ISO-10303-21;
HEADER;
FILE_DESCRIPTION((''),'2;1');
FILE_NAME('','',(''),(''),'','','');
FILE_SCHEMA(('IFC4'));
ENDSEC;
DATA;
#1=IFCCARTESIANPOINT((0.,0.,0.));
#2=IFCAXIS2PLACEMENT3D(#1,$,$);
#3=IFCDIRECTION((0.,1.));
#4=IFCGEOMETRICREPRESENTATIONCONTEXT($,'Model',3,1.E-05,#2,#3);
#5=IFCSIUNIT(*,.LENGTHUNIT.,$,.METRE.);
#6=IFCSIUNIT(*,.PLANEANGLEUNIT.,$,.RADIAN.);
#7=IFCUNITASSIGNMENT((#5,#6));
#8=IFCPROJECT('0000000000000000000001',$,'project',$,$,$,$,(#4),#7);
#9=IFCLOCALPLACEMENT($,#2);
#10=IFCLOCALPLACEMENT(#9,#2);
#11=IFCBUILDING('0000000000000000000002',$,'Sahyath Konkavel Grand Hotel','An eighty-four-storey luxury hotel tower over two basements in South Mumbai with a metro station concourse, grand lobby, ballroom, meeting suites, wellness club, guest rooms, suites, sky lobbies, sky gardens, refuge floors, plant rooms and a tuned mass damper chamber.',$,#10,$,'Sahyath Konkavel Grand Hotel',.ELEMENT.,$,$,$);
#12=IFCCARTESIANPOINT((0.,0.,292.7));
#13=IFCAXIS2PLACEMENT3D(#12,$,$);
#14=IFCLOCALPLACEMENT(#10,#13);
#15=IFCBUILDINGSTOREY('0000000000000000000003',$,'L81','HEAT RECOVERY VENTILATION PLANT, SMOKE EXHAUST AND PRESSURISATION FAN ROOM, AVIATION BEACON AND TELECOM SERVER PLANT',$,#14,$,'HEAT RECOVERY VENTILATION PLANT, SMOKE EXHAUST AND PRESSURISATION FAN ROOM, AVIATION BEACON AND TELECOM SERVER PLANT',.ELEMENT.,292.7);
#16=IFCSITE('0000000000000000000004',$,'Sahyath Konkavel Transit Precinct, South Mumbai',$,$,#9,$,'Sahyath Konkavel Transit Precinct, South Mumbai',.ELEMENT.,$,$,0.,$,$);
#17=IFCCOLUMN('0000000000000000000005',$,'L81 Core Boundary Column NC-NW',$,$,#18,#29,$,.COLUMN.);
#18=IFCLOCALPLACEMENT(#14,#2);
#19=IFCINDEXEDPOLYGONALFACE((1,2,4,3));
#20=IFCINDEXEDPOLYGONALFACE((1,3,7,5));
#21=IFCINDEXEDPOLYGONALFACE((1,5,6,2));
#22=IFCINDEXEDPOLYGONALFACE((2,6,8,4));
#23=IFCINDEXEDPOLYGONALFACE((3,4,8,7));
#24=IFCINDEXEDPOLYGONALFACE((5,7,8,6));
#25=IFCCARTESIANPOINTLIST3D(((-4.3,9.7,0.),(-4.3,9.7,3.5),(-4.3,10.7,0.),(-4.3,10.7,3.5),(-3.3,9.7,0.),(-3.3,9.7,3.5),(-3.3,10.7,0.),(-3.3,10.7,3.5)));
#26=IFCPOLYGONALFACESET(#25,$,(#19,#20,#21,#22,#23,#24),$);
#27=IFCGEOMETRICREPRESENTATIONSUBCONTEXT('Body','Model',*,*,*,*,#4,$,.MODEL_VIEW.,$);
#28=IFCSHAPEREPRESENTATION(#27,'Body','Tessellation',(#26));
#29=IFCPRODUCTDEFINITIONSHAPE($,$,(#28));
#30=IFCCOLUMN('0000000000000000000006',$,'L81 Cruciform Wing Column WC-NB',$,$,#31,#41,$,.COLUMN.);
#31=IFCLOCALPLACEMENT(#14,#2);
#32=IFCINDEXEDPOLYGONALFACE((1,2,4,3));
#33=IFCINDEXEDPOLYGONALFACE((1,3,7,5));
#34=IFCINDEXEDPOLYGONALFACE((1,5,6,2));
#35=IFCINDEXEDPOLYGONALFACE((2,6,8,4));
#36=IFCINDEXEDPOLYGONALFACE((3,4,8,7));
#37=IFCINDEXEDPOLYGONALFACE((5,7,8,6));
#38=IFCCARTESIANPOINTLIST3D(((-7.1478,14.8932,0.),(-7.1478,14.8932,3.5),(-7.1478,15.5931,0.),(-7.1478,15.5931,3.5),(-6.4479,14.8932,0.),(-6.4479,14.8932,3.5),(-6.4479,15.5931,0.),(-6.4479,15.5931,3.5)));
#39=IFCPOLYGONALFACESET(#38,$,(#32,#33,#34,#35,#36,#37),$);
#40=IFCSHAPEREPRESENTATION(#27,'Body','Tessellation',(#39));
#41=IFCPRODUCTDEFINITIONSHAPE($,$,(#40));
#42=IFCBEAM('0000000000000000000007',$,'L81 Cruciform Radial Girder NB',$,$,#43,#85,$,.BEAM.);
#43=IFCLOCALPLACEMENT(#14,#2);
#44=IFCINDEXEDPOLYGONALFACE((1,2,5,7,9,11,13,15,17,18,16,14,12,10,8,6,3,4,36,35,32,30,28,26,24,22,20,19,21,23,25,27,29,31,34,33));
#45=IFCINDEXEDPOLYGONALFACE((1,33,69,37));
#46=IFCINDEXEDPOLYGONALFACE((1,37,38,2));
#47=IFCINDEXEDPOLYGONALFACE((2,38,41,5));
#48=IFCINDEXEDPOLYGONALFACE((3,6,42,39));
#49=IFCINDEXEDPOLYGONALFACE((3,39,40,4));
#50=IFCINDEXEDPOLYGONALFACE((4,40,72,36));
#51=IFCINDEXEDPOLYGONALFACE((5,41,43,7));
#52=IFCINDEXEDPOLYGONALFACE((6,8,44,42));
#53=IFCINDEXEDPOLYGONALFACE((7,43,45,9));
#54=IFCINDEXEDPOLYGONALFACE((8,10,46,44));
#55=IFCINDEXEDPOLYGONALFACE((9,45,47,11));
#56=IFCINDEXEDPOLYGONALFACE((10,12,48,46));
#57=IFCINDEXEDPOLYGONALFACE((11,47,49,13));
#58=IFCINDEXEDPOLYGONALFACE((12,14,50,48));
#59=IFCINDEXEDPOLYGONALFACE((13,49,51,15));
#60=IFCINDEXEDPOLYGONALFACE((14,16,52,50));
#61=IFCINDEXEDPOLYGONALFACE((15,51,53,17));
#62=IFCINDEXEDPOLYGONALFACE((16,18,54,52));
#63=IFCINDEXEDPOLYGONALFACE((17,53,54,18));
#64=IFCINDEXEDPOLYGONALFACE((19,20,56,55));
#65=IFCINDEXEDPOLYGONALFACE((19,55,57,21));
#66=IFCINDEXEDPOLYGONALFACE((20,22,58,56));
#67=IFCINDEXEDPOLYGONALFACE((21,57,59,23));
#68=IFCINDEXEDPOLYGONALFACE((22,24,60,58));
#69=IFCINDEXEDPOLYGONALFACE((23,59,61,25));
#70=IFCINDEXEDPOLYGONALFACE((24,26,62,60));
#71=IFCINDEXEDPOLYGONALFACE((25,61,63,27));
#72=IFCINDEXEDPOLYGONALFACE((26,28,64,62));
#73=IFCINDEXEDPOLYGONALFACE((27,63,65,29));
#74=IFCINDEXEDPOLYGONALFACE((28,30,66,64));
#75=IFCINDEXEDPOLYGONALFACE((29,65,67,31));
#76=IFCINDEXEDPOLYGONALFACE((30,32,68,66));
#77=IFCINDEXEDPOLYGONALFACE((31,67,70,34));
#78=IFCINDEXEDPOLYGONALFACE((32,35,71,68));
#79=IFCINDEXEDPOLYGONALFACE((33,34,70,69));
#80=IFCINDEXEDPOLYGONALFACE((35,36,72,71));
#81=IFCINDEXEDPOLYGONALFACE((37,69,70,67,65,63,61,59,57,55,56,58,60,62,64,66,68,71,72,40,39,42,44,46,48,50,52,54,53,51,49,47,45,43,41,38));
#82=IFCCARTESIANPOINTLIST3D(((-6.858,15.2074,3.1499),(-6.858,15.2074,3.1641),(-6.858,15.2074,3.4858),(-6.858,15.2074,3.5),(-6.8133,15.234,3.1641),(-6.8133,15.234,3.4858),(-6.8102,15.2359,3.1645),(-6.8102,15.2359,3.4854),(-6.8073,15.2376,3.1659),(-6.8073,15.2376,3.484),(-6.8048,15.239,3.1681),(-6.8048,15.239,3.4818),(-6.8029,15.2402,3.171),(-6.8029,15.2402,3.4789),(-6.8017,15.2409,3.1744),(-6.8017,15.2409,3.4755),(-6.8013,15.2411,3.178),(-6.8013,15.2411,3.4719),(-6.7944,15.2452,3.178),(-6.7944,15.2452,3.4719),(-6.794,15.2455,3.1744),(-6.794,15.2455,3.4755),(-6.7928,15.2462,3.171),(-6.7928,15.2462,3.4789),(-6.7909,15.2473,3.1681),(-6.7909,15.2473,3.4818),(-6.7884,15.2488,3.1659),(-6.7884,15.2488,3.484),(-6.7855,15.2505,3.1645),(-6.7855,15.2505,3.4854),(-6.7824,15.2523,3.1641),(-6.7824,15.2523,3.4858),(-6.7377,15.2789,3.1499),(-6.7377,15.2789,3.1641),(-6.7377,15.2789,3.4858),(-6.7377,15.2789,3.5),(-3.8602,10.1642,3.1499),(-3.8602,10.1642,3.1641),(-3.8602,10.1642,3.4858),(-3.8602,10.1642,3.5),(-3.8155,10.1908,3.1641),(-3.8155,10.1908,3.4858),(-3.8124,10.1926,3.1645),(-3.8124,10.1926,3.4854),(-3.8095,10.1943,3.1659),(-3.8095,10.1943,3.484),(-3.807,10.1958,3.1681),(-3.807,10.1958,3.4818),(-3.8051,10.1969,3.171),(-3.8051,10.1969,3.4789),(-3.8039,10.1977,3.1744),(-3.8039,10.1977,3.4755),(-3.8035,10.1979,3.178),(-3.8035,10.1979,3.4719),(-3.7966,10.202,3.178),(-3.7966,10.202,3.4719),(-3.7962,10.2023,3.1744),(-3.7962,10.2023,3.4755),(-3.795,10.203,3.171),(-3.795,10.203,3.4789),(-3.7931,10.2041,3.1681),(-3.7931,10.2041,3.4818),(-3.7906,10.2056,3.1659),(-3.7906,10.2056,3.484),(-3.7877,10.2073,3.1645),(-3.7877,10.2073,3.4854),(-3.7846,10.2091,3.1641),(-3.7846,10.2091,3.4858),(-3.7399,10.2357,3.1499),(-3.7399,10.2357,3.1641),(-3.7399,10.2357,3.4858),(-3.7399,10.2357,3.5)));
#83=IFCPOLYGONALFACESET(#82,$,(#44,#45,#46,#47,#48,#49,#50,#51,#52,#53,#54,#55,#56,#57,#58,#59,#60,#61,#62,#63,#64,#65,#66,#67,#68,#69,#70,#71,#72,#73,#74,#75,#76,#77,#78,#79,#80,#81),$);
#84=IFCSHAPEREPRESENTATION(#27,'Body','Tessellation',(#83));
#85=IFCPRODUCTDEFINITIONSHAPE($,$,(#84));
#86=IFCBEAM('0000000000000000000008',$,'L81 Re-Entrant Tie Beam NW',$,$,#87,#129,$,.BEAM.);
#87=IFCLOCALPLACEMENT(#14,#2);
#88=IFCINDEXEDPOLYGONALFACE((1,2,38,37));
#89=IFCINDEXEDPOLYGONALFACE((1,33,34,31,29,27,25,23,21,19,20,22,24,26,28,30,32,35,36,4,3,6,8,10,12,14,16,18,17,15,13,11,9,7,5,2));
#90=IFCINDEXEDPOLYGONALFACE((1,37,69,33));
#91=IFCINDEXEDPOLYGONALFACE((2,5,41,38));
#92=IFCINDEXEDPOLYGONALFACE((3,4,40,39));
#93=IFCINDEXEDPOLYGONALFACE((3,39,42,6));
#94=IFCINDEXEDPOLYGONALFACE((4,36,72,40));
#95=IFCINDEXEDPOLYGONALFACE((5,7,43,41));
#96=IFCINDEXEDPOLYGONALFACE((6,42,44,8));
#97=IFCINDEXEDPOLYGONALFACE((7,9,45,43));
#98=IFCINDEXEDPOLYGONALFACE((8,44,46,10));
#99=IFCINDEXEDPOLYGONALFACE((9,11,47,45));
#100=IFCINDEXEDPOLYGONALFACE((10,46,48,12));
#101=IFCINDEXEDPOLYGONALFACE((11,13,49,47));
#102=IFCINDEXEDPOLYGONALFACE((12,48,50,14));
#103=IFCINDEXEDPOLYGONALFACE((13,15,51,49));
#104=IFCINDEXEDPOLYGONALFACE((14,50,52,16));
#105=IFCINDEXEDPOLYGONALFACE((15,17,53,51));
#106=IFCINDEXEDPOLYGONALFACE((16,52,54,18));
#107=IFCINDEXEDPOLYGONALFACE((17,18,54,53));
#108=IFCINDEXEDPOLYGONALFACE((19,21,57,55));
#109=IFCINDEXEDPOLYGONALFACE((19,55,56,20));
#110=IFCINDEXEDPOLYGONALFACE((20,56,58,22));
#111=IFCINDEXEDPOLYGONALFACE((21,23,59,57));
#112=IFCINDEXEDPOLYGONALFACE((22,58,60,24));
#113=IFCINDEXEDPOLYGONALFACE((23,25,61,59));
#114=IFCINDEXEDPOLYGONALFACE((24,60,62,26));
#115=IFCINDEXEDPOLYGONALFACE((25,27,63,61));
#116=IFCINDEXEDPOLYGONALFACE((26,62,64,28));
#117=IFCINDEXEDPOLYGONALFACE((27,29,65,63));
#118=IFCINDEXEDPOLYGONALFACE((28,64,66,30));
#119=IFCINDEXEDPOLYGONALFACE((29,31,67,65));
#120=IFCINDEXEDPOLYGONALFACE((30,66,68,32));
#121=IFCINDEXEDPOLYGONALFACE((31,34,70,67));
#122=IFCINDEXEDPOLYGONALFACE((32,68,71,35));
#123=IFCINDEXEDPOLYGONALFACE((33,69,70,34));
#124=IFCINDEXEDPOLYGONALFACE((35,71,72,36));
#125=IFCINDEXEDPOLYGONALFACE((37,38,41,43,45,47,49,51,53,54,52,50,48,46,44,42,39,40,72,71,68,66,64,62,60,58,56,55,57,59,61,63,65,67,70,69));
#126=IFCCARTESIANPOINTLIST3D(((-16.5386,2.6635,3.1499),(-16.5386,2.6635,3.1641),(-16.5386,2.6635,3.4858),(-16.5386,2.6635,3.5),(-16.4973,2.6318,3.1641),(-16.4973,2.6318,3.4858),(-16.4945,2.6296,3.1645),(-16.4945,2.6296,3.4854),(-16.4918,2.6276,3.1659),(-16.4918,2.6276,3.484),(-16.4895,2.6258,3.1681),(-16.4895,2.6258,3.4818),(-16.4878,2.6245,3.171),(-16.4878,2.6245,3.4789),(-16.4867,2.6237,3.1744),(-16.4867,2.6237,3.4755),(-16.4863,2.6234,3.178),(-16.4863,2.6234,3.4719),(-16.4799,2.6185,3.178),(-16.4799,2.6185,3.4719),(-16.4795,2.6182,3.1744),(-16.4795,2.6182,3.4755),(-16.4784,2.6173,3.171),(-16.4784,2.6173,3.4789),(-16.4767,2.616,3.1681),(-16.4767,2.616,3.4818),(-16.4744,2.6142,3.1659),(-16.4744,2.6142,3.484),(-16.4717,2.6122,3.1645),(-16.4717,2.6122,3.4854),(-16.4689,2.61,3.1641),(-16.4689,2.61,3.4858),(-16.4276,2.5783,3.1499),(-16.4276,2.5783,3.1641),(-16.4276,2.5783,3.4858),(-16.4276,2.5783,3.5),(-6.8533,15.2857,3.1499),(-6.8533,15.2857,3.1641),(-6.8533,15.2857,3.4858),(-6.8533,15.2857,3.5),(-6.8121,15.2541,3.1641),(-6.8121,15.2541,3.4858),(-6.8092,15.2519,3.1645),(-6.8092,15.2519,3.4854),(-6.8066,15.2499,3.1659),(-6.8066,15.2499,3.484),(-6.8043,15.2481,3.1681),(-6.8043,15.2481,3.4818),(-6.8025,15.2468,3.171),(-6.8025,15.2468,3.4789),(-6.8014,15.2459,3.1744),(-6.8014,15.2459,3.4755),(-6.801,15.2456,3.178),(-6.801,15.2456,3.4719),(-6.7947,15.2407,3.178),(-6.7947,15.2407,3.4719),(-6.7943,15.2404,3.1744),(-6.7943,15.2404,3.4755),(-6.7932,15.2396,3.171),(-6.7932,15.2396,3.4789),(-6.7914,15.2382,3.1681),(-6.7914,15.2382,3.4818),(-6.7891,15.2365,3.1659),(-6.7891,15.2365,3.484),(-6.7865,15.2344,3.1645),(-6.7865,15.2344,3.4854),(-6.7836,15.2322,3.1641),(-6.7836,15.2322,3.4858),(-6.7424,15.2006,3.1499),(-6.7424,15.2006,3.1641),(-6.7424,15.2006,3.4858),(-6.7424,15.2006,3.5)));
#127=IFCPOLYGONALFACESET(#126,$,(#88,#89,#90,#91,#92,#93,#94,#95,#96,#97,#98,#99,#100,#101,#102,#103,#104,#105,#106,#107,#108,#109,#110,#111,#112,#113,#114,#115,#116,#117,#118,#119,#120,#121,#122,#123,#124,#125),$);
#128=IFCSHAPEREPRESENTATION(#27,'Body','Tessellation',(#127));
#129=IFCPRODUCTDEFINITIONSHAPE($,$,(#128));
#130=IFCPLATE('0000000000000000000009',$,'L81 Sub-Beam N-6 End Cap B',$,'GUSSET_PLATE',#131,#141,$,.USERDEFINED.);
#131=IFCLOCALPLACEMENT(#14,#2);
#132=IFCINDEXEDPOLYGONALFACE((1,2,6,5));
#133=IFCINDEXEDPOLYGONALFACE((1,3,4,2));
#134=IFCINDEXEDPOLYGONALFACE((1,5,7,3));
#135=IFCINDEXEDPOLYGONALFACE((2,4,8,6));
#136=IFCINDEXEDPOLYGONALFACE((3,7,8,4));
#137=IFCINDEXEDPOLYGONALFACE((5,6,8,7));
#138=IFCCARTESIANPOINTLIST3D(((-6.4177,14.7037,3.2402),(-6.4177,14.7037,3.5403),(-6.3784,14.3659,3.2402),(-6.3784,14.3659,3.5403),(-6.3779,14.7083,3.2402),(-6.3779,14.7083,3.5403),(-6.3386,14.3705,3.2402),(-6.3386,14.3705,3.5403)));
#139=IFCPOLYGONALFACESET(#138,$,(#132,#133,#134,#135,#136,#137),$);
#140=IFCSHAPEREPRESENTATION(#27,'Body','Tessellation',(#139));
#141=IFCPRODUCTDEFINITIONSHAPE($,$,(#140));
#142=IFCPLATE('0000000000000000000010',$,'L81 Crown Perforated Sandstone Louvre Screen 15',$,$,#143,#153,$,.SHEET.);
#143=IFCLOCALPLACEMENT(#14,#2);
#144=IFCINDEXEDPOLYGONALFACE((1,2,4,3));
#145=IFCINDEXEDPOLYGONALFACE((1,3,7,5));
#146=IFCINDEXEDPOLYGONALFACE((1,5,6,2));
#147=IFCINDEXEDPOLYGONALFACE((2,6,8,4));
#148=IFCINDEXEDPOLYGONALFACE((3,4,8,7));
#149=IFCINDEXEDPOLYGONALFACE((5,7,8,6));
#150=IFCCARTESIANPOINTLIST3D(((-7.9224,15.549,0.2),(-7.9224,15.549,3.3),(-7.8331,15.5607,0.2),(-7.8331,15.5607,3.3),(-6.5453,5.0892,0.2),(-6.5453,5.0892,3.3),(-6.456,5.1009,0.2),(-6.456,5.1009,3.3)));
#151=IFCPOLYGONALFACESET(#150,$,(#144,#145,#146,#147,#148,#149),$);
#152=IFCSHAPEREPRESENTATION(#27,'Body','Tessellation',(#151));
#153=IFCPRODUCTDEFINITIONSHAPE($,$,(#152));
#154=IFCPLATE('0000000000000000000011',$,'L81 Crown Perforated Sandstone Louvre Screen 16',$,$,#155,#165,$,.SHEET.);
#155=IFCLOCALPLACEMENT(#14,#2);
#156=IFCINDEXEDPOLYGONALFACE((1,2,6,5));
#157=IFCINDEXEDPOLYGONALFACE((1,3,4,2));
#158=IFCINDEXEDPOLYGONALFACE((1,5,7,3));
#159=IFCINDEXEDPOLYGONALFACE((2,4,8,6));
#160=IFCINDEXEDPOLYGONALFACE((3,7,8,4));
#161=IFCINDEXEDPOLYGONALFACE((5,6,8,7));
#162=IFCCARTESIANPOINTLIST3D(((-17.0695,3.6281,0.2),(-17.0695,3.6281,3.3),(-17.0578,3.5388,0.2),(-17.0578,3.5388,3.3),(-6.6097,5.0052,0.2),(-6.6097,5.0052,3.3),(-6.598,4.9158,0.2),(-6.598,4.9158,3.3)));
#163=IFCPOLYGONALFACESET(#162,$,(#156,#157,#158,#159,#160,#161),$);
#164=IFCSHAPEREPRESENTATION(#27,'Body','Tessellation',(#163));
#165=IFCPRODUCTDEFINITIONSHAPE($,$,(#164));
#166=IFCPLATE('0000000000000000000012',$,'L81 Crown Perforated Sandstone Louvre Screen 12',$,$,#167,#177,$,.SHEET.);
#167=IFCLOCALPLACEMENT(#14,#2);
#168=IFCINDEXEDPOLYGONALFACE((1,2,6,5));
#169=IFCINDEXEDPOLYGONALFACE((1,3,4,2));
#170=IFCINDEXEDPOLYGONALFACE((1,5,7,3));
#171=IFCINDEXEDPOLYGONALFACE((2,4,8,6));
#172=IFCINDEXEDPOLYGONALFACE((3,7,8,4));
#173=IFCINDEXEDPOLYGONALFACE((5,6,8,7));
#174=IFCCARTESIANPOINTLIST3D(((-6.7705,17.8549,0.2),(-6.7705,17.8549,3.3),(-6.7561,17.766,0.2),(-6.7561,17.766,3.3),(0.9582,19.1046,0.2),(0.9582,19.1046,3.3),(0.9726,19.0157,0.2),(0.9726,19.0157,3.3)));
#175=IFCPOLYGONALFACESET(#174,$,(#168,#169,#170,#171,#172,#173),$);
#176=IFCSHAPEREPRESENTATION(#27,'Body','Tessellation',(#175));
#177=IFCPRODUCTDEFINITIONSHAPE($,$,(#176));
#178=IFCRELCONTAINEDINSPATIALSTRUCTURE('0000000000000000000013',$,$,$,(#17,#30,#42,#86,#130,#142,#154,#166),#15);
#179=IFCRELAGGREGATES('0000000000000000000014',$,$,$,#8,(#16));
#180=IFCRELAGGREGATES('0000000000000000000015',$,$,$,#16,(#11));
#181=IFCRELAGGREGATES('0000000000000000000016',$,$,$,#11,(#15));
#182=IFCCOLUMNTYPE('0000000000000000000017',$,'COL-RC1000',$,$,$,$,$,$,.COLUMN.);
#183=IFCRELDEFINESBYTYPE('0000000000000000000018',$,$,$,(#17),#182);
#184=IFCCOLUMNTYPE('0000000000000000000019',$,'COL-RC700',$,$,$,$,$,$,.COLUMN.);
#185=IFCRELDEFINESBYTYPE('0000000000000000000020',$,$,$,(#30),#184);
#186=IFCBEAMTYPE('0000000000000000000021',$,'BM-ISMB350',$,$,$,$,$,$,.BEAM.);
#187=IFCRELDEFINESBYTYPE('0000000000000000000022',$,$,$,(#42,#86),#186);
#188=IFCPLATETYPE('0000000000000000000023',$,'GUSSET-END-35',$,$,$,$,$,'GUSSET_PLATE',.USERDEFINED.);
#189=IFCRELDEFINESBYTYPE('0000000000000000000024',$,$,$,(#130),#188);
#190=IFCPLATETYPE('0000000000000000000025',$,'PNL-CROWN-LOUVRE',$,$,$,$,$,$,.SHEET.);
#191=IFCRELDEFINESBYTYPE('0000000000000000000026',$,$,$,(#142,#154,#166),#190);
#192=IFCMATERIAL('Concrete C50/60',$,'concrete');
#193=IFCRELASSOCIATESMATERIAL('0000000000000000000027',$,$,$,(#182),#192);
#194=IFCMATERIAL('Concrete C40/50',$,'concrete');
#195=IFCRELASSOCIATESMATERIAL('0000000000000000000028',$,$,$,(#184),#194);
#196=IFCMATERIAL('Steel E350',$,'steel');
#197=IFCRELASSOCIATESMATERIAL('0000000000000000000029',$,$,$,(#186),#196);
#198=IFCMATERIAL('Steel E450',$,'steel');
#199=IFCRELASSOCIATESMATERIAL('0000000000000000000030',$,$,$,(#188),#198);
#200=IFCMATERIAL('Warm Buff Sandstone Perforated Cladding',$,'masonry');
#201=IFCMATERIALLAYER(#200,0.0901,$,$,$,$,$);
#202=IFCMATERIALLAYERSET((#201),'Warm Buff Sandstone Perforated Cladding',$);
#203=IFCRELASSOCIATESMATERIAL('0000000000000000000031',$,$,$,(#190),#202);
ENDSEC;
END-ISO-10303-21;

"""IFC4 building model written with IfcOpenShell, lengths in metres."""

from ifc_helpers import new_model, si_unit, direction, frame, origin, origin_2d, place, context, subcontext, project, spatial, rectangle, i_section, extrude, source, transform, mapped, material, layer, layer_set, material_profile, profile_set, type_object, element, save


model = new_model("IFC4")

# Units and contexts
model_context = context("Model", 3, precision=1e-05, world=origin(), true_north=direction((0.0, 1.0)))
body_context = subcontext(model_context, "Body", "Model", "MODEL_VIEW")
ifc_project = project(units=[si_unit("LENGTHUNIT", "METRE"), si_unit("PLANEANGLEUNIT", "RADIAN")], contexts=[model_context])

# Site, building, storey
site_placement = place(None, origin())
site = spatial("IfcSite", under=ifc_project, at=site_placement, Name="Sahyath Konkavel Transit Precinct, South Mumbai", LongName="Sahyath Konkavel Transit Precinct, South Mumbai", CompositionType="ELEMENT", RefElevation=0.0)
building_placement = place(site_placement, origin())
building = spatial("IfcBuilding", under=site, at=building_placement, Name="Sahyath Konkavel Grand Hotel", Description="An eighty-four-storey luxury hotel tower over two basements in South Mumbai with a metro station concourse, grand lobby, ballroom, meeting suites, wellness club, guest rooms, suites, sky lobbies, sky gardens, refuge floors, plant rooms and a tuned mass damper chamber.", LongName="Sahyath Konkavel Grand Hotel", CompositionType="ELEMENT")
storey_placement = place(building_placement, frame((0.0, 0.0, 292.7)))
storey = spatial("IfcBuildingStorey", under=building, at=storey_placement, Name="L81", Description="HEAT RECOVERY VENTILATION PLANT, SMOKE EXHAUST AND PRESSURISATION FAN ROOM, AVIATION BEACON AND TELECOM SERVER PLANT", LongName="HEAT RECOVERY VENTILATION PLANT, SMOKE EXHAUST AND PRESSURISATION FAN ROOM, AVIATION BEACON AND TELECOM SERVER PLANT", CompositionType="ELEMENT", Elevation=292.7)

# Columns
ifc_material_1 = material(Name="Concrete C50/60", Category="concrete")
ifc_material_profile_1 = material_profile(ifc_material_1, rectangle(XDim=1.0, YDim=1.0, at=origin_2d()), Name="RC 1000x1000")
ifc_profile_set_1 = profile_set([ifc_material_profile_1], Name="Concrete C50/60")
column_type_1 = type_object("IfcColumnType", Name="COL-RC1000", PredefinedType="COLUMN", material=ifc_profile_set_1)
shared_shape_1 = source(origin(), body_context, "Body", "SweptSolid", [
    extrude(rectangle(XDim=1.0, YDim=1.0, at=origin_2d()), origin(), (0.0, 0.0, 1.0), 3.5),
])
column_1_placement = place(storey_placement, frame((-3.8, 10.2, 0.0), z_axis=(0.0, 0.0, 1.0), x_axis=(1.0, 0.0, 0.0)))
element("IfcColumn", 1, at=column_1_placement, inside=storey, type_object=column_type_1, Name="L81 Core Boundary Column NC-NW", PredefinedType="COLUMN", context=body_context, shape_type="MappedRepresentation", body=[
    mapped(shared_shape_1, transform((0.0, 0.0, 0.0), scale=1.0)),
])
ifc_material_2 = material(Name="Concrete C40/50", Category="concrete")
ifc_material_profile_2 = material_profile(ifc_material_2, rectangle(XDim=0.7, YDim=0.7, at=origin_2d()), Name="RC 700x700")
ifc_profile_set_2 = profile_set([ifc_material_profile_2], Name="Concrete C40/50")
column_type_2 = type_object("IfcColumnType", Name="COL-RC700", PredefinedType="COLUMN", material=ifc_profile_set_2)
shared_shape_2 = source(origin(), body_context, "Body", "SweptSolid", [
    extrude(rectangle(XDim=0.7, YDim=0.7, at=origin_2d()), origin(), (0.0, 0.0, 1.0), 3.5),
])
column_2_placement = place(storey_placement, frame((-6.7979, 15.2432, 0.0), z_axis=(0.0, 0.0, 1.0), x_axis=(1.0, 0.0, 0.0)))
element("IfcColumn", 2, at=column_2_placement, inside=storey, type_object=column_type_2, Name="L81 Cruciform Wing Column WC-NB", PredefinedType="COLUMN", context=body_context, shape_type="MappedRepresentation", body=[
    mapped(shared_shape_2, transform((0.0, 0.0, 0.0), scale=1.0)),
])

# Beams
ifc_material_3 = material(Name="Steel E350", Category="steel")
ifc_material_profile_3 = material_profile(ifc_material_3, i_section(OverallWidth=0.1399, OverallDepth=0.3501, WebThickness=0.0081, FlangeThickness=0.0142, FilletRadius=0.0139, at=origin_2d()), Name="ISMB 350")
ifc_profile_set_3 = profile_set([ifc_material_profile_3], Name="Steel E350")
beam_type = type_object("IfcBeamType", Name="BM-ISMB350", PredefinedType="BEAM", material=ifc_profile_set_3)
shared_shape_3 = source(origin(), body_context, "Body", "SweptSolid", [
    extrude(i_section(OverallWidth=0.1399, OverallDepth=0.3501, WebThickness=0.0081, FlangeThickness=0.0142, FilletRadius=0.0139, at=origin_2d()), origin(), (0.0, 0.0, 1.0), 5.8669),
])
beam_1_placement = place(storey_placement, frame((-3.8, 10.2, 3.325), z_axis=(-0.510967, 0.859601, 0.0), x_axis=(-0.859601, -0.510967, 0.0)))
element("IfcBeam", 3, at=beam_1_placement, inside=storey, type_object=beam_type, Name="L81 Cruciform Radial Girder NB", PredefinedType="BEAM", context=body_context, shape_type="MappedRepresentation", body=[
    mapped(shared_shape_3, transform((0.0, 0.0, 0.0), scale=1.0)),
])
shared_shape_4 = source(origin(), body_context, "Body", "SweptSolid", [
    extrude(i_section(OverallWidth=0.1399, OverallDepth=0.3501, WebThickness=0.0081, FlangeThickness=0.0142, FilletRadius=0.0139, at=origin_2d()), origin(), (0.0, 0.0, 1.0), 15.9099),
])
beam_2_placement = place(storey_placement, frame((-6.7979, 15.2432, 3.325), z_axis=(-0.608756, -0.793358, 0.0), x_axis=(0.793358, -0.608756, 0.0)))
element("IfcBeam", 4, at=beam_2_placement, inside=storey, type_object=beam_type, Name="L81 Re-Entrant Tie Beam NW", PredefinedType="BEAM", context=body_context, shape_type="MappedRepresentation", body=[
    mapped(shared_shape_4, transform((0.0, 0.0, 0.0), scale=1.0)),
])

# Plates
ifc_material_4 = material(Name="Steel E450", Category="steel")
plate_type_1 = type_object("IfcPlateType", Name="GUSSET-END-35", ElementType="GUSSET_PLATE", PredefinedType="USERDEFINED", material=ifc_material_4)
shared_shape_5 = source(origin(), body_context, "Body", "SweptSolid", [
    extrude(rectangle(XDim=0.04, YDim=0.3401, at=origin_2d()), origin(), (0.0, 0.0, 1.0), 0.3),
])
plate_1_placement = place(storey_placement, frame((-6.3782, 14.5371, 3.2402), z_axis=(0.0, 0.0, 1.0), x_axis=(-0.993298, -0.115579, 0.0)))
element("IfcPlate", 5, at=plate_1_placement, inside=storey, type_object=plate_type_1, Name="L81 Sub-Beam N-6 End Cap B", ObjectType="GUSSET_PLATE", PredefinedType="USERDEFINED", context=body_context, shape_type="MappedRepresentation", body=[
    mapped(shared_shape_5, transform((0.0, 0.0, 0.0), scale=1.0)),
])
ifc_material_5 = material(Name="Warm Buff Sandstone Perforated Cladding", Category="masonry")
ifc_layer_1 = layer(ifc_material_5, 0.0901)
ifc_layer_set_1 = layer_set([ifc_layer_1], Name="Warm Buff Sandstone Perforated Cladding")
plate_type_2 = type_object("IfcPlateType", Name="PNL-CROWN-LOUVRE", PredefinedType="SHEET", material=ifc_layer_set_1)
shared_shape_6 = source(origin(), body_context, "Body", "SweptSolid", [
    extrude(rectangle(XDim=10.55, YDim=0.0901, at=origin_2d()), origin(), (0.0, 0.0, 1.0), 3.1001),
])
for number, where, z_axis, x_axis, name in (
    (6, (-7.1892, 10.325, 0.2), (0.0, 0.0, 1.0), (0.130526, -0.991445, 0.0), "L81 Crown Perforated Sandstone Louvre Screen 15"),
    (7, (-11.8337, 4.272, 0.2), (0.0, 0.0, 1.0), (-0.991445, -0.130526, 0.0), "L81 Crown Perforated Sandstone Louvre Screen 16"),
):
    element("IfcPlate", number, at=place(storey_placement, frame(where, z_axis=z_axis, x_axis=x_axis)), inside=storey, type_object=plate_type_2, Name=name, PredefinedType="SHEET", context=body_context, shape_type="MappedRepresentation", body=[
        mapped(shared_shape_6, transform((0.0, 0.0, 0.0), scale=1.0)),
    ])
shared_shape_7 = source(origin(), body_context, "Body", "SweptSolid", [
    extrude(rectangle(XDim=7.8291, YDim=0.0901, at=origin_2d()), origin(), (0.0, 0.0, 1.0), 3.1001),
])
plate_2_placement = place(storey_placement, frame((-2.8989, 18.4353, 0.2), z_axis=(0.0, 0.0, 1.0), x_axis=(-0.987178, -0.159623, 0.0)))
element("IfcPlate", 8, at=plate_2_placement, inside=storey, type_object=plate_type_2, Name="L81 Crown Perforated Sandstone Louvre Screen 12", PredefinedType="SHEET", context=body_context, shape_type="MappedRepresentation", body=[
    mapped(shared_shape_7, transform((0.0, 0.0, 0.0), scale=1.0)),
])

save(model, "model.ifc")
